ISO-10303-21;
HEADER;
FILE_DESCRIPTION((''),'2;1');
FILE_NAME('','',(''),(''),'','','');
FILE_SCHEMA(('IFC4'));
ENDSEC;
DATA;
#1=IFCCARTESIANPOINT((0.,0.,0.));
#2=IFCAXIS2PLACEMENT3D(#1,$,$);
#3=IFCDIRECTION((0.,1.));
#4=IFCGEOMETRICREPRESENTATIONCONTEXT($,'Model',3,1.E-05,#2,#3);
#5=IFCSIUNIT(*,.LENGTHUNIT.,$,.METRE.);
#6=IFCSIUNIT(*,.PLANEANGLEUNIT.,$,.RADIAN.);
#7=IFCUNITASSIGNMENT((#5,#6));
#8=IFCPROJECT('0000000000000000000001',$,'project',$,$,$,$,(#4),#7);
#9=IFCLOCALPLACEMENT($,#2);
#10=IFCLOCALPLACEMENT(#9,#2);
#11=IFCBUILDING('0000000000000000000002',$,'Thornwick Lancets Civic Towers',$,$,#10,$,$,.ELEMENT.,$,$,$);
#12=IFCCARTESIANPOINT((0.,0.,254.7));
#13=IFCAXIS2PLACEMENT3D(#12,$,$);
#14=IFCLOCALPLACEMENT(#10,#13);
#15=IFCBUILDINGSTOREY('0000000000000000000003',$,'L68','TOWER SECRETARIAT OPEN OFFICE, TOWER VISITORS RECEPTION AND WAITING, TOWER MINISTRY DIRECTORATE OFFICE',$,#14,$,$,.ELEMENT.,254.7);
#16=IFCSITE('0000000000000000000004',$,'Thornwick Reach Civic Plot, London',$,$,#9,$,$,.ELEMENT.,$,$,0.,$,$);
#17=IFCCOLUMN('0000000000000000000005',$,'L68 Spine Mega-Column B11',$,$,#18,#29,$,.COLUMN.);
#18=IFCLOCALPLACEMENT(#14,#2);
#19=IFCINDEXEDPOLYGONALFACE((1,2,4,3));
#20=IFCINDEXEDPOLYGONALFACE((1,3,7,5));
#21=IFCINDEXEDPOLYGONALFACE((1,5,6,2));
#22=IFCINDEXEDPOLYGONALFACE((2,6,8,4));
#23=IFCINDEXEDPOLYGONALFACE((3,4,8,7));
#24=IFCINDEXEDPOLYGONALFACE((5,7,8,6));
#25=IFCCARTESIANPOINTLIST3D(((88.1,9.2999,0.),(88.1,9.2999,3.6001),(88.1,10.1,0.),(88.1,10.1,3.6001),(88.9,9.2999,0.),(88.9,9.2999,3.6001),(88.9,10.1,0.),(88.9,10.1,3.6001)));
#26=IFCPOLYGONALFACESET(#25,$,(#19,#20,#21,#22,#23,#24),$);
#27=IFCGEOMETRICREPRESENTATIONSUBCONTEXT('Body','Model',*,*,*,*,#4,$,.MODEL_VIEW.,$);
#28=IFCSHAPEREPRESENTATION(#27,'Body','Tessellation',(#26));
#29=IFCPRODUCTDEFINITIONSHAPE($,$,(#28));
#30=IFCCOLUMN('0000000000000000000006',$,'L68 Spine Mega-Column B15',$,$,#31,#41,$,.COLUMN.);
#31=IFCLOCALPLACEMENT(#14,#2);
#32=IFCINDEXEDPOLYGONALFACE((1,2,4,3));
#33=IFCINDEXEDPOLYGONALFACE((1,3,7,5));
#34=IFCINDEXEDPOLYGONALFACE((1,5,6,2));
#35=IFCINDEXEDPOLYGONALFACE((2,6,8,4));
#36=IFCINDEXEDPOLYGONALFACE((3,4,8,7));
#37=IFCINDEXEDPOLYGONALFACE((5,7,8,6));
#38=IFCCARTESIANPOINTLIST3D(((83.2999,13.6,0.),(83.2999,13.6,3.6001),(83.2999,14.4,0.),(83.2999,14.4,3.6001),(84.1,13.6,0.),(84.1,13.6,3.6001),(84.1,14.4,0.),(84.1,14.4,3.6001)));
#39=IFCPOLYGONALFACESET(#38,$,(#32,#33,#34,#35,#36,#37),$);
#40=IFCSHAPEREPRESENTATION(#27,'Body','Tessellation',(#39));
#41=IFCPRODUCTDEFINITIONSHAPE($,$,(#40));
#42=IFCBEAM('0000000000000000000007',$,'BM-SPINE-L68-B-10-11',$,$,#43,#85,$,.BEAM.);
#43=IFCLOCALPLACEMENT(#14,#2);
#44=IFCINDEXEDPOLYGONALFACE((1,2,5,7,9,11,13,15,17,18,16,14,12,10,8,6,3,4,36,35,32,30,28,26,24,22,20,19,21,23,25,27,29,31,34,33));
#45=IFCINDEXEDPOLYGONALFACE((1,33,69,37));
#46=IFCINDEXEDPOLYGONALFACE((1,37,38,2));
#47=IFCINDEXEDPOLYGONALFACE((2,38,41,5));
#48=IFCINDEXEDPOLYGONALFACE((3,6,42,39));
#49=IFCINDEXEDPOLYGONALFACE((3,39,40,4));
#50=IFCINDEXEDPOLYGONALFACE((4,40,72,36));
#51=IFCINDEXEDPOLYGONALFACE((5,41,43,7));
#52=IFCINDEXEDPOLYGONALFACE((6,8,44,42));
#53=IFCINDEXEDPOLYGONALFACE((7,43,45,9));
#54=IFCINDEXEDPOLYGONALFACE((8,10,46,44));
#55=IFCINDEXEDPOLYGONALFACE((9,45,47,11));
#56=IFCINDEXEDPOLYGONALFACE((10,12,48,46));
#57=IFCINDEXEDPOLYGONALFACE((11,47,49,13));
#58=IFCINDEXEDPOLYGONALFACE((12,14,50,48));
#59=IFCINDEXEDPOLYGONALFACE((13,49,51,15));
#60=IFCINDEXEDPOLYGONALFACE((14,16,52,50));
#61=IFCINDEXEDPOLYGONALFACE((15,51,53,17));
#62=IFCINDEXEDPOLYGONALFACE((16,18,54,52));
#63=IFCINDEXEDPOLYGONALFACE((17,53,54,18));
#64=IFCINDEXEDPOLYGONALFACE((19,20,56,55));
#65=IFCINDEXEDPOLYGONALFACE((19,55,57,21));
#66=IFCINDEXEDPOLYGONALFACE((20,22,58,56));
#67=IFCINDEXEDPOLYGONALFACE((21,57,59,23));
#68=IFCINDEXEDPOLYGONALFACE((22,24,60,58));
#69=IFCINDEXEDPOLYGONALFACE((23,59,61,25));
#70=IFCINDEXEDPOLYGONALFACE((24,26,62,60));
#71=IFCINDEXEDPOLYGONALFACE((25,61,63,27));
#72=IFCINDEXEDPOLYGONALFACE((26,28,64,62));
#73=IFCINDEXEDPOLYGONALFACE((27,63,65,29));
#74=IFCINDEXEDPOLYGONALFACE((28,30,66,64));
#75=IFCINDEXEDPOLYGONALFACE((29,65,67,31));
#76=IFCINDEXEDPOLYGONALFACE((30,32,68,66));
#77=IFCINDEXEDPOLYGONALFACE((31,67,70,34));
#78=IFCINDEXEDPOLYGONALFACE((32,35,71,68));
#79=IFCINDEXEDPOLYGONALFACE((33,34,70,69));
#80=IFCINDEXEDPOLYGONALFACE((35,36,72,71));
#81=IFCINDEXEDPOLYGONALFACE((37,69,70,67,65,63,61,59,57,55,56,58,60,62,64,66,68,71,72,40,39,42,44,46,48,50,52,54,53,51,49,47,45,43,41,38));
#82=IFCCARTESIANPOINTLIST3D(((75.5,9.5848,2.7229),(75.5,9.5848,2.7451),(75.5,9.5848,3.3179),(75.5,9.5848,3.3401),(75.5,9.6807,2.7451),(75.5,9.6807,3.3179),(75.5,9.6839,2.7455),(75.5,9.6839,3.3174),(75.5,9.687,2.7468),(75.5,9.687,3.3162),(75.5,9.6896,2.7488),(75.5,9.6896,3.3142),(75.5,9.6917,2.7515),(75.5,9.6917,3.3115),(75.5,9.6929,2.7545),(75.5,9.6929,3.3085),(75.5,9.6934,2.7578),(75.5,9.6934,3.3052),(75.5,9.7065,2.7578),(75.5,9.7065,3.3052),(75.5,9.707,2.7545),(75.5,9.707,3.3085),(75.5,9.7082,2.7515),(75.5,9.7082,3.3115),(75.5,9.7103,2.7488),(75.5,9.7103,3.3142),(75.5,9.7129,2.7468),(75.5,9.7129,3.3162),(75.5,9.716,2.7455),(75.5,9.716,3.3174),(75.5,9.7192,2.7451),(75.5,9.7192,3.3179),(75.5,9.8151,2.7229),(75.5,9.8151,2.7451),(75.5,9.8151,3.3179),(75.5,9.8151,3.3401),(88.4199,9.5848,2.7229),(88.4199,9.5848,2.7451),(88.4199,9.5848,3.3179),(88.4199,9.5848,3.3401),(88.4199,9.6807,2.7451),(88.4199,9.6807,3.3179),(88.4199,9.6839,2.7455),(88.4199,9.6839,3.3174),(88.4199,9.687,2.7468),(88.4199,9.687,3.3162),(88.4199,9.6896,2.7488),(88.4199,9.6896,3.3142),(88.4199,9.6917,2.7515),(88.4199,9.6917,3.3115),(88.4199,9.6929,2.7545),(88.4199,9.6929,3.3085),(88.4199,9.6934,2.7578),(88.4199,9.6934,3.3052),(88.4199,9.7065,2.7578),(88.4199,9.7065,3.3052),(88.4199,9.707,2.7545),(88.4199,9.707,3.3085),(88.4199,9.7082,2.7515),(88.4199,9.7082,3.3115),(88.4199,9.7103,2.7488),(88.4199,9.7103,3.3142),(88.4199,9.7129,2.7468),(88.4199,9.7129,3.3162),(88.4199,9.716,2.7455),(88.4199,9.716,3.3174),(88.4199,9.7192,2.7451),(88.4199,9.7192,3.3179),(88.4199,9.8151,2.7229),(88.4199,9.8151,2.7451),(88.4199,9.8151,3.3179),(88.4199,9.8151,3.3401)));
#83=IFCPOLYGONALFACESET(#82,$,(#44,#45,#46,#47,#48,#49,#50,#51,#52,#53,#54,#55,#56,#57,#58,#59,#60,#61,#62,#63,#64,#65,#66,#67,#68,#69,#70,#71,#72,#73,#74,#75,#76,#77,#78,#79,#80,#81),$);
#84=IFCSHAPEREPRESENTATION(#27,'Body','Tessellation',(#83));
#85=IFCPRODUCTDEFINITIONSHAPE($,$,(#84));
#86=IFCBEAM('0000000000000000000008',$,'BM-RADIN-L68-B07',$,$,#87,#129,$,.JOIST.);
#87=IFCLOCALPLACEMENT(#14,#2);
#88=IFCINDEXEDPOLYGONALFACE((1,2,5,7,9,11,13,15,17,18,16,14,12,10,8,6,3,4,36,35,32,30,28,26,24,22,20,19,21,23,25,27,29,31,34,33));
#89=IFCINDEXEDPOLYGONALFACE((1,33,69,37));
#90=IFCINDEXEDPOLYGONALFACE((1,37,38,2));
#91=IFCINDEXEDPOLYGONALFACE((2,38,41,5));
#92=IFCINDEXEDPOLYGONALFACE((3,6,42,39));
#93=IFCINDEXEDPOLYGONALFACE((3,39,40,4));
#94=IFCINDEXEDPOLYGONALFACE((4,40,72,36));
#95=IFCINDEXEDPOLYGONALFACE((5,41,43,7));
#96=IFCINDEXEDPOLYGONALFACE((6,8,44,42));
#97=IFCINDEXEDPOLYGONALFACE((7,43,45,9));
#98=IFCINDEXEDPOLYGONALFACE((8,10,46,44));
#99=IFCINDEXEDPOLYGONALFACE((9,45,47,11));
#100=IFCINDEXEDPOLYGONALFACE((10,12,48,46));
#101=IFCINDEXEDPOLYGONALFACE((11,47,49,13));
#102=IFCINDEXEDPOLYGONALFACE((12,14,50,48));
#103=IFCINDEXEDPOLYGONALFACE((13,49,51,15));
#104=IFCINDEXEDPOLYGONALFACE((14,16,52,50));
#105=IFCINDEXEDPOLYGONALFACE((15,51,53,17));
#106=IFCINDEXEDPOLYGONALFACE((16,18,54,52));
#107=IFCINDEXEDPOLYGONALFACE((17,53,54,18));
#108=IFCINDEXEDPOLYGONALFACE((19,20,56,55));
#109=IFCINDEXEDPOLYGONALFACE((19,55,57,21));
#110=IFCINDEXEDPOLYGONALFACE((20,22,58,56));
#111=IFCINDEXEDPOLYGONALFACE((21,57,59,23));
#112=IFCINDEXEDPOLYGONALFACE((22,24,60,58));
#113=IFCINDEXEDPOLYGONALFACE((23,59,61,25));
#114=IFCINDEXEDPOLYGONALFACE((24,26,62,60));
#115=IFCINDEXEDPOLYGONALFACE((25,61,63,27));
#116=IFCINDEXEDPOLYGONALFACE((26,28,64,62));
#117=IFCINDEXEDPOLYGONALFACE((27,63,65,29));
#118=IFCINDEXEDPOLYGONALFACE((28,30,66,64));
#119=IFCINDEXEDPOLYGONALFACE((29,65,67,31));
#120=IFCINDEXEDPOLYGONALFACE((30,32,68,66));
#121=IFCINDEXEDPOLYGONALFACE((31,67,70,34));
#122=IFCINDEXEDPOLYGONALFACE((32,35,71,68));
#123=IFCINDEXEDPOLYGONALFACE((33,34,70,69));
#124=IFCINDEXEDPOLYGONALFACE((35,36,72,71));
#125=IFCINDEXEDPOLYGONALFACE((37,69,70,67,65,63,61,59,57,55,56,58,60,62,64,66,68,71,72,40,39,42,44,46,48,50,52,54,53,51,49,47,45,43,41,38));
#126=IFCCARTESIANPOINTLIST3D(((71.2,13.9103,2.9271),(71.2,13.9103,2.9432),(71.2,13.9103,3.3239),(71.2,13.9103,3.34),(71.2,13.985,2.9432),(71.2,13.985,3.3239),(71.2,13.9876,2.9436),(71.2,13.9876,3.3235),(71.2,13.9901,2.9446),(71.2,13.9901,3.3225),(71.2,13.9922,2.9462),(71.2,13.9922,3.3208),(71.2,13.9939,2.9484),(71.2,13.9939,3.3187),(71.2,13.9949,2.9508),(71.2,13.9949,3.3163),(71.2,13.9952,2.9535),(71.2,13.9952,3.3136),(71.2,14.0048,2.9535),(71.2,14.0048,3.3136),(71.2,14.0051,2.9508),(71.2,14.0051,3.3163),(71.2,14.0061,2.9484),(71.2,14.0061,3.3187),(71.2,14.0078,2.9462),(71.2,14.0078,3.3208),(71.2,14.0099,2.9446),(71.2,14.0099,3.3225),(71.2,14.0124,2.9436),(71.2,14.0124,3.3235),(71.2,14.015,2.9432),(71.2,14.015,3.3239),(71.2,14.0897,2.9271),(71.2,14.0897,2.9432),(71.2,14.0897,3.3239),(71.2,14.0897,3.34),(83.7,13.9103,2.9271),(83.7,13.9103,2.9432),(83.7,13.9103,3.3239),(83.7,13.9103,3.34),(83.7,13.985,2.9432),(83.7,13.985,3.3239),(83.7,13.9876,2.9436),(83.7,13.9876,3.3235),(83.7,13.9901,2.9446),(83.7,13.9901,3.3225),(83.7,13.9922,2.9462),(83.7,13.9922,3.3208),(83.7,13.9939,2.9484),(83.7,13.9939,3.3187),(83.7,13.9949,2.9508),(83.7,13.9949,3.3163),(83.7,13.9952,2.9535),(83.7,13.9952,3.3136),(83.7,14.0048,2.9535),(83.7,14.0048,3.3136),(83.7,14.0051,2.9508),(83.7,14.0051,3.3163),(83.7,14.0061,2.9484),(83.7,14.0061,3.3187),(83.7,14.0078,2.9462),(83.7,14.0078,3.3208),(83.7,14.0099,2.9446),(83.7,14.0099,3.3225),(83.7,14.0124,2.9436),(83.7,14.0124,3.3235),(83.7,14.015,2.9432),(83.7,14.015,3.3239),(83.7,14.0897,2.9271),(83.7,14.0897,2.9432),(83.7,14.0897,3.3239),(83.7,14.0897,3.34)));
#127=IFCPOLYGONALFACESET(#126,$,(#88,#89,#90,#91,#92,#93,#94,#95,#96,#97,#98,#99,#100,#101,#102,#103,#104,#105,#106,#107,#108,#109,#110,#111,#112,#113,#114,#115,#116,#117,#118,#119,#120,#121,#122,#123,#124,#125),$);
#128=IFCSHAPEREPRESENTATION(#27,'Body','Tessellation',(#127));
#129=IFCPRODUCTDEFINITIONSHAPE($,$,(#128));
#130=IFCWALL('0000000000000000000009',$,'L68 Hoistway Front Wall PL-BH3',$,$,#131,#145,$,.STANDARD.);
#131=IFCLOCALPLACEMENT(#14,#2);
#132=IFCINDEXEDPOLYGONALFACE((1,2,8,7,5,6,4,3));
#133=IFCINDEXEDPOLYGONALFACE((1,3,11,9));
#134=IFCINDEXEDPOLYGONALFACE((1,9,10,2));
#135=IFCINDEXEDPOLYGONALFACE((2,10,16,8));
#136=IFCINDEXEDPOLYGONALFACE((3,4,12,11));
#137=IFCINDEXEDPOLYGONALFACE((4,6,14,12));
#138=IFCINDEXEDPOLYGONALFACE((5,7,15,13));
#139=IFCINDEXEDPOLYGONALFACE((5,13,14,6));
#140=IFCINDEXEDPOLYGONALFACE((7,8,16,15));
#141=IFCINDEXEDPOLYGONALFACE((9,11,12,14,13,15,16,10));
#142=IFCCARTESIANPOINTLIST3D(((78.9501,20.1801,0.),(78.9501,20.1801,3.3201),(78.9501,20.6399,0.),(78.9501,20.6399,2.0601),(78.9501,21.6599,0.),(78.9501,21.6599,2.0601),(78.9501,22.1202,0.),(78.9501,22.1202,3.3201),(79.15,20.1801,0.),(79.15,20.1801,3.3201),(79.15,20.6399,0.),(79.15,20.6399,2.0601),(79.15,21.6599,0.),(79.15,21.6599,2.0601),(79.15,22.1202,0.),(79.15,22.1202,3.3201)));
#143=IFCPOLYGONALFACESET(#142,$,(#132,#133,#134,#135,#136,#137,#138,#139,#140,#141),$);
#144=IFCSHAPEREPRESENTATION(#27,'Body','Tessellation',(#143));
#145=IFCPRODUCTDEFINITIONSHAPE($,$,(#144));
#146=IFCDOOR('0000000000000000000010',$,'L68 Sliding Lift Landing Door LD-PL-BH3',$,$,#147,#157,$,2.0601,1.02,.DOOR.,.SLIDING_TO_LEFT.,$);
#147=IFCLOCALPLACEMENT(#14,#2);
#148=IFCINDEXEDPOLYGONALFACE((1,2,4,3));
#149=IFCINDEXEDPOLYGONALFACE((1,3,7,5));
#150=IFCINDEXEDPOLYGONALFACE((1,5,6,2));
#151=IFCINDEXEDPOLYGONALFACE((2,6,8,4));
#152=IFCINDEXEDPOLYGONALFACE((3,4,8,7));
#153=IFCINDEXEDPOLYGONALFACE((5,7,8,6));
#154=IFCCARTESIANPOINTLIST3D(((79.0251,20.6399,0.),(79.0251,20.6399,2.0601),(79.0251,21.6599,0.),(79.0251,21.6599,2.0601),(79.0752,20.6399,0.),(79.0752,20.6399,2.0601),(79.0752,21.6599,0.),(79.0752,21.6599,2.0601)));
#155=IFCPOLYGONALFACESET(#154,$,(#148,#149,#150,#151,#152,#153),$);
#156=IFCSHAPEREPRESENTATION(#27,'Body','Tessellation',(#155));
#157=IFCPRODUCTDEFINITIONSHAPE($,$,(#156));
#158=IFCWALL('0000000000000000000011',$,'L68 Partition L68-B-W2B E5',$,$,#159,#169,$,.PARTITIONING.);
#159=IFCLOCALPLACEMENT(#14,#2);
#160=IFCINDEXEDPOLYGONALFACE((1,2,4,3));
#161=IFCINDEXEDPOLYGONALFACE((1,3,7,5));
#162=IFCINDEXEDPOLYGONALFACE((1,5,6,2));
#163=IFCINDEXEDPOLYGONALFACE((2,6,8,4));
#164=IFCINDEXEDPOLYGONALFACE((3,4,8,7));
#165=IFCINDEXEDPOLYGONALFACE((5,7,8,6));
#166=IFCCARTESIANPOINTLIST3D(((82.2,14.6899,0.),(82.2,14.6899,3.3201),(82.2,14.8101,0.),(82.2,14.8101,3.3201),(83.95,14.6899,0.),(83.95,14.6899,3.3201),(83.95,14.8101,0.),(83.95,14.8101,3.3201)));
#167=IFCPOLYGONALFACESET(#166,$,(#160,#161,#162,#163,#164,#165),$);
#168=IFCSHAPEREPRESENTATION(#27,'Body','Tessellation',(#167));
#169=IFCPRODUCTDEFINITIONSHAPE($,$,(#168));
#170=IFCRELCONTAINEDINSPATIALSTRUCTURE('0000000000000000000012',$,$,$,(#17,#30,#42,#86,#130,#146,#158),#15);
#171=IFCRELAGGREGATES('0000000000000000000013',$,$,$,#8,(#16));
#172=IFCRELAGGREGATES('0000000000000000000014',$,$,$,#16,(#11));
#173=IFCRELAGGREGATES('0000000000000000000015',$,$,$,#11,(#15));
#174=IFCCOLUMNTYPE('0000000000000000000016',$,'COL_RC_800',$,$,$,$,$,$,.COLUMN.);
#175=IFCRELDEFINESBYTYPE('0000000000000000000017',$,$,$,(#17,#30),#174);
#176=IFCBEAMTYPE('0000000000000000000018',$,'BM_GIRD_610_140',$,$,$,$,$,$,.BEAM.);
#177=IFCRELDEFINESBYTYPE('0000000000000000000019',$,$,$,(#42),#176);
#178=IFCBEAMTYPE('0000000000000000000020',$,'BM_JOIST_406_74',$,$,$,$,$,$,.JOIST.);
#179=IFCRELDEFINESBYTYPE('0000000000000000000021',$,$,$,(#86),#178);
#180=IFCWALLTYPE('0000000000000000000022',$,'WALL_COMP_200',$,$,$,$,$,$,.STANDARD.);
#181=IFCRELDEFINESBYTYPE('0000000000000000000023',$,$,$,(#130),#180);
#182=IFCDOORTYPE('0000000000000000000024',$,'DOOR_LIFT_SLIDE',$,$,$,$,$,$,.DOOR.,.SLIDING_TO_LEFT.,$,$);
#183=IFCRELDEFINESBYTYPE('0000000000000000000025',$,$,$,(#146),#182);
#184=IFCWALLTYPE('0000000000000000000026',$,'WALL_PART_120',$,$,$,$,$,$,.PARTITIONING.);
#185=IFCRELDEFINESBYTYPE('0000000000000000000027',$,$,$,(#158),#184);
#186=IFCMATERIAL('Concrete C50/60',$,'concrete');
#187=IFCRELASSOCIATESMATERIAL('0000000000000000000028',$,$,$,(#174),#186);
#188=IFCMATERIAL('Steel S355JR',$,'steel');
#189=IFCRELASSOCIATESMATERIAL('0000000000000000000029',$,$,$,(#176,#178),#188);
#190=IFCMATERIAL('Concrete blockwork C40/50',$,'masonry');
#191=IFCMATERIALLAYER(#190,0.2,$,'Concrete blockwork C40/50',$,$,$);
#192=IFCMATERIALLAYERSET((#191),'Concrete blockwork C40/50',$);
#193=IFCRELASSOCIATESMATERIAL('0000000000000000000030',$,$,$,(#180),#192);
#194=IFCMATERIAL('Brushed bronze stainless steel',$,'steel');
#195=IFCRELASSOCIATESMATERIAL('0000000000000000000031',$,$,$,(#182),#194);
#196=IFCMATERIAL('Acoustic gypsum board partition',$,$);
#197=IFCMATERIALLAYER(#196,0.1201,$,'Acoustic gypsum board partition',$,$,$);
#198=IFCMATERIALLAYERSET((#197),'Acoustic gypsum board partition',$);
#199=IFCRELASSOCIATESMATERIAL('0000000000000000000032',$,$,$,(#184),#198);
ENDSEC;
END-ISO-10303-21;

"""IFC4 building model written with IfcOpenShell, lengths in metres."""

from ifc_helpers import new_model, si_unit, direction, frame, frame_2d, origin, origin_2d, place, context, subcontext, project, spatial, rectangle, i_section, extrude, material, layer, layer_set, material_profile, profile_set, type_object, element, fill, save


model = new_model("IFC4")

# Units and contexts
model_context = context("Model", 3, precision=1e-05, world=origin(), true_north=direction((0.0, 1.0)))
body_context = subcontext(model_context, "Body", "Model", "MODEL_VIEW")
ifc_project = project(units=[si_unit("LENGTHUNIT", "METRE"), si_unit("PLANEANGLEUNIT", "RADIAN")], contexts=[model_context])

# Site, building, storey
site_placement = place(None, origin())
site = spatial("IfcSite", under=ifc_project, at=site_placement, Name="Thornwick Reach Civic Plot, London", CompositionType="ELEMENT", RefElevation=0.0)
building_placement = place(site_placement, origin())
building = spatial("IfcBuilding", under=site, at=building_placement, Name="Thornwick Lancets Civic Towers", CompositionType="ELEMENT")
storey_placement = place(building_placement, frame((0.0, 0.0, 254.7)))
storey = spatial("IfcBuildingStorey", under=building, at=storey_placement, Name="L68", Description="TOWER SECRETARIAT OPEN OFFICE, TOWER VISITORS RECEPTION AND WAITING, TOWER MINISTRY DIRECTORATE OFFICE", CompositionType="ELEMENT", Elevation=254.7)

# Columns
ifc_material_1 = material(Name="Concrete C50/60", Category="concrete")
ifc_material_profile_1 = material_profile(ifc_material_1, rectangle(XDim=0.8, YDim=0.8, at=origin_2d()), Name="RC 800x800")
ifc_profile_set_1 = profile_set([ifc_material_profile_1], Name="Concrete C50/60")
column_type = type_object("IfcColumnType", Name="COL_RC_800", PredefinedType="COLUMN", material=ifc_profile_set_1)
for number, where, z_axis, x_axis, name in (
    (1, (88.5, 9.7, 0.0), (0.0, 0.0, 1.0), (1.0, 0.0, 0.0), "L68 Spine Mega-Column B11"),
    (2, (83.7, 14.0, 0.0), (0.0, 0.0, 1.0), (1.0, 0.0, 0.0), "L68 Spine Mega-Column B15"),
):
    element("IfcColumn", number, at=place(storey_placement, frame(where, z_axis=z_axis, x_axis=x_axis)), inside=storey, type_object=column_type, Name=name, PredefinedType="COLUMN", context=body_context, shape_type="SweptSolid", body=[
        extrude(rectangle(XDim=0.8, YDim=0.8, at=origin_2d()), origin(), (0.0, 0.0, 1.0), 3.6001),
    ])

# Beams
ifc_material_2 = material(Name="Steel S355JR", Category="steel")
ifc_material_profile_2 = material_profile(ifc_material_2, i_section(OverallWidth=0.2302, OverallDepth=0.6172, WebThickness=0.0132, FlangeThickness=0.0222, FilletRadius=0.0127, at=origin_2d()), Name="UKB 610x229x140")
ifc_profile_set_2 = profile_set([ifc_material_profile_2], Name="Steel S355JR")
beam_type_1 = type_object("IfcBeamType", Name="BM_GIRD_610_140", PredefinedType="BEAM", material=ifc_profile_set_2)
beam_1_placement = place(storey_placement, frame((88.4199, 9.7, 3.0315), z_axis=(-1.0, 0.0, 0.0), x_axis=(0.0, -1.0, 0.0)))
element("IfcBeam", 3, at=beam_1_placement, inside=storey, type_object=beam_type_1, Name="BM-SPINE-L68-B-10-11", PredefinedType="BEAM", context=body_context, shape_type="SweptSolid", body=[
    extrude(i_section(OverallWidth=0.2302, OverallDepth=0.6172, WebThickness=0.0132, FlangeThickness=0.0222, FilletRadius=0.0127, at=origin_2d()), origin(), (0.0, 0.0, 1.0), 12.9199),
])
ifc_material_profile_3 = material_profile(ifc_material_2, i_section(OverallWidth=0.1794, OverallDepth=0.4128, WebThickness=0.0095, FlangeThickness=0.0161, FilletRadius=0.0103, at=origin_2d()), Name="UKB 406x178x74")
ifc_profile_set_3 = profile_set([ifc_material_profile_3], Name="Steel S355JR")
beam_type_2 = type_object("IfcBeamType", Name="BM_JOIST_406_74", PredefinedType="JOIST", material=ifc_profile_set_3)
beam_2_placement = place(storey_placement, frame((83.7, 14.0, 3.1335), z_axis=(-1.0, 0.0, 0.0), x_axis=(0.0, -1.0, 0.0)))
element("IfcBeam", 4, at=beam_2_placement, inside=storey, type_object=beam_type_2, Name="BM-RADIN-L68-B07", PredefinedType="JOIST", context=body_context, shape_type="SweptSolid", body=[
    extrude(i_section(OverallWidth=0.1794, OverallDepth=0.4128, WebThickness=0.0095, FlangeThickness=0.0161, FilletRadius=0.0103, at=origin_2d()), origin(), (0.0, 0.0, 1.0), 12.5),
])

# Wall, opening, door
ifc_material_3 = material(Name="Concrete blockwork C40/50", Category="masonry")
ifc_layer_1 = layer(ifc_material_3, 0.2, Name="Concrete blockwork C40/50")
ifc_layer_set_1 = layer_set([ifc_layer_1], Name="Concrete blockwork C40/50")
wall_type_1 = type_object("IfcWallType", Name="WALL_COMP_200", PredefinedType="STANDARD", material=ifc_layer_set_1)
wall_1_placement = place(storey_placement, frame((79.05, 20.1799, 0.0), z_axis=(0.0, 0.0, 1.0), x_axis=(0.0, 1.0, 0.0)))
wall_1 = element("IfcWall", 5, at=wall_1_placement, inside=storey, type_object=wall_type_1, Name="L68 Hoistway Front Wall PL-BH3", PredefinedType="STANDARD", context=body_context, shape_type="SweptSolid", body=[
    extrude(rectangle(XDim=1.9402, YDim=0.2, at=frame_2d((0.9702, 0.0))), origin(), (0.0, 0.0, 1.0), 3.3201),
])
opening_1_placement = place(wall_1_placement, frame((0.46, 0.0, 0.0)))
opening_1 = element("IfcOpeningElement", 6, at=opening_1_placement, cuts=wall_1, PredefinedType="OPENING", context=body_context, shape_type="SweptSolid", body=[
    extrude(rectangle(XDim=1.02, YDim=2.0601, at=frame_2d((0.51, 1.03))), frame((0.0, 0.1099, 0.0), z_axis=(0.0, -1.0, 0.0), x_axis=(1.0, 0.0, 0.0)), (0.0, 0.0, 1.0), 0.22),
])
ifc_material_4 = material(Name="Brushed bronze stainless steel", Category="steel")
door_type_1 = type_object("IfcDoorType", Name="DOOR_LIFT_SLIDE", OperationType="SLIDING_TO_LEFT", PredefinedType="DOOR", material=ifc_material_4)
door_1_placement = place(opening_1_placement, origin())
door_1 = element("IfcDoor", 7, at=door_1_placement, inside=storey, type_object=door_type_1, Name="L68 Sliding Lift Landing Door LD-PL-BH3", OperationType="SLIDING_TO_LEFT", OverallHeight=2.0601, OverallWidth=1.02, PredefinedType="DOOR", context=body_context, shape_type="SweptSolid", body=[
    extrude(rectangle(XDim=1.02, YDim=2.0601, at=frame_2d((0.51, 1.03))), frame((0.0, 0.0249, 0.0), z_axis=(0.0, -1.0, 0.0), x_axis=(1.0, 0.0, 0.0)), (0.0, 0.0, 1.0), 0.05),
])
fill(opening_1, door_1)

# Wall
ifc_material_5 = material(Name="Acoustic gypsum board partition")
ifc_layer_2 = layer(ifc_material_5, 0.1201, Name="Acoustic gypsum board partition")
ifc_layer_set_2 = layer_set([ifc_layer_2], Name="Acoustic gypsum board partition")
wall_type_2 = type_object("IfcWallType", Name="WALL_PART_120", PredefinedType="PARTITIONING", material=ifc_layer_set_2)
wall_2_placement = place(storey_placement, frame((82.2, 14.75, 0.0), z_axis=(0.0, 0.0, 1.0), x_axis=(1.0, 0.0, 0.0)))
element("IfcWall", 8, at=wall_2_placement, inside=storey, type_object=wall_type_2, Name="L68 Partition L68-B-W2B E5", PredefinedType="PARTITIONING", context=body_context, shape_type="SweptSolid", body=[
    extrude(rectangle(XDim=1.75, YDim=0.1201, at=frame_2d((0.875, 0.0))), origin(), (0.0, 0.0, 1.0), 3.3201),
])

save(model, "model.ifc")
